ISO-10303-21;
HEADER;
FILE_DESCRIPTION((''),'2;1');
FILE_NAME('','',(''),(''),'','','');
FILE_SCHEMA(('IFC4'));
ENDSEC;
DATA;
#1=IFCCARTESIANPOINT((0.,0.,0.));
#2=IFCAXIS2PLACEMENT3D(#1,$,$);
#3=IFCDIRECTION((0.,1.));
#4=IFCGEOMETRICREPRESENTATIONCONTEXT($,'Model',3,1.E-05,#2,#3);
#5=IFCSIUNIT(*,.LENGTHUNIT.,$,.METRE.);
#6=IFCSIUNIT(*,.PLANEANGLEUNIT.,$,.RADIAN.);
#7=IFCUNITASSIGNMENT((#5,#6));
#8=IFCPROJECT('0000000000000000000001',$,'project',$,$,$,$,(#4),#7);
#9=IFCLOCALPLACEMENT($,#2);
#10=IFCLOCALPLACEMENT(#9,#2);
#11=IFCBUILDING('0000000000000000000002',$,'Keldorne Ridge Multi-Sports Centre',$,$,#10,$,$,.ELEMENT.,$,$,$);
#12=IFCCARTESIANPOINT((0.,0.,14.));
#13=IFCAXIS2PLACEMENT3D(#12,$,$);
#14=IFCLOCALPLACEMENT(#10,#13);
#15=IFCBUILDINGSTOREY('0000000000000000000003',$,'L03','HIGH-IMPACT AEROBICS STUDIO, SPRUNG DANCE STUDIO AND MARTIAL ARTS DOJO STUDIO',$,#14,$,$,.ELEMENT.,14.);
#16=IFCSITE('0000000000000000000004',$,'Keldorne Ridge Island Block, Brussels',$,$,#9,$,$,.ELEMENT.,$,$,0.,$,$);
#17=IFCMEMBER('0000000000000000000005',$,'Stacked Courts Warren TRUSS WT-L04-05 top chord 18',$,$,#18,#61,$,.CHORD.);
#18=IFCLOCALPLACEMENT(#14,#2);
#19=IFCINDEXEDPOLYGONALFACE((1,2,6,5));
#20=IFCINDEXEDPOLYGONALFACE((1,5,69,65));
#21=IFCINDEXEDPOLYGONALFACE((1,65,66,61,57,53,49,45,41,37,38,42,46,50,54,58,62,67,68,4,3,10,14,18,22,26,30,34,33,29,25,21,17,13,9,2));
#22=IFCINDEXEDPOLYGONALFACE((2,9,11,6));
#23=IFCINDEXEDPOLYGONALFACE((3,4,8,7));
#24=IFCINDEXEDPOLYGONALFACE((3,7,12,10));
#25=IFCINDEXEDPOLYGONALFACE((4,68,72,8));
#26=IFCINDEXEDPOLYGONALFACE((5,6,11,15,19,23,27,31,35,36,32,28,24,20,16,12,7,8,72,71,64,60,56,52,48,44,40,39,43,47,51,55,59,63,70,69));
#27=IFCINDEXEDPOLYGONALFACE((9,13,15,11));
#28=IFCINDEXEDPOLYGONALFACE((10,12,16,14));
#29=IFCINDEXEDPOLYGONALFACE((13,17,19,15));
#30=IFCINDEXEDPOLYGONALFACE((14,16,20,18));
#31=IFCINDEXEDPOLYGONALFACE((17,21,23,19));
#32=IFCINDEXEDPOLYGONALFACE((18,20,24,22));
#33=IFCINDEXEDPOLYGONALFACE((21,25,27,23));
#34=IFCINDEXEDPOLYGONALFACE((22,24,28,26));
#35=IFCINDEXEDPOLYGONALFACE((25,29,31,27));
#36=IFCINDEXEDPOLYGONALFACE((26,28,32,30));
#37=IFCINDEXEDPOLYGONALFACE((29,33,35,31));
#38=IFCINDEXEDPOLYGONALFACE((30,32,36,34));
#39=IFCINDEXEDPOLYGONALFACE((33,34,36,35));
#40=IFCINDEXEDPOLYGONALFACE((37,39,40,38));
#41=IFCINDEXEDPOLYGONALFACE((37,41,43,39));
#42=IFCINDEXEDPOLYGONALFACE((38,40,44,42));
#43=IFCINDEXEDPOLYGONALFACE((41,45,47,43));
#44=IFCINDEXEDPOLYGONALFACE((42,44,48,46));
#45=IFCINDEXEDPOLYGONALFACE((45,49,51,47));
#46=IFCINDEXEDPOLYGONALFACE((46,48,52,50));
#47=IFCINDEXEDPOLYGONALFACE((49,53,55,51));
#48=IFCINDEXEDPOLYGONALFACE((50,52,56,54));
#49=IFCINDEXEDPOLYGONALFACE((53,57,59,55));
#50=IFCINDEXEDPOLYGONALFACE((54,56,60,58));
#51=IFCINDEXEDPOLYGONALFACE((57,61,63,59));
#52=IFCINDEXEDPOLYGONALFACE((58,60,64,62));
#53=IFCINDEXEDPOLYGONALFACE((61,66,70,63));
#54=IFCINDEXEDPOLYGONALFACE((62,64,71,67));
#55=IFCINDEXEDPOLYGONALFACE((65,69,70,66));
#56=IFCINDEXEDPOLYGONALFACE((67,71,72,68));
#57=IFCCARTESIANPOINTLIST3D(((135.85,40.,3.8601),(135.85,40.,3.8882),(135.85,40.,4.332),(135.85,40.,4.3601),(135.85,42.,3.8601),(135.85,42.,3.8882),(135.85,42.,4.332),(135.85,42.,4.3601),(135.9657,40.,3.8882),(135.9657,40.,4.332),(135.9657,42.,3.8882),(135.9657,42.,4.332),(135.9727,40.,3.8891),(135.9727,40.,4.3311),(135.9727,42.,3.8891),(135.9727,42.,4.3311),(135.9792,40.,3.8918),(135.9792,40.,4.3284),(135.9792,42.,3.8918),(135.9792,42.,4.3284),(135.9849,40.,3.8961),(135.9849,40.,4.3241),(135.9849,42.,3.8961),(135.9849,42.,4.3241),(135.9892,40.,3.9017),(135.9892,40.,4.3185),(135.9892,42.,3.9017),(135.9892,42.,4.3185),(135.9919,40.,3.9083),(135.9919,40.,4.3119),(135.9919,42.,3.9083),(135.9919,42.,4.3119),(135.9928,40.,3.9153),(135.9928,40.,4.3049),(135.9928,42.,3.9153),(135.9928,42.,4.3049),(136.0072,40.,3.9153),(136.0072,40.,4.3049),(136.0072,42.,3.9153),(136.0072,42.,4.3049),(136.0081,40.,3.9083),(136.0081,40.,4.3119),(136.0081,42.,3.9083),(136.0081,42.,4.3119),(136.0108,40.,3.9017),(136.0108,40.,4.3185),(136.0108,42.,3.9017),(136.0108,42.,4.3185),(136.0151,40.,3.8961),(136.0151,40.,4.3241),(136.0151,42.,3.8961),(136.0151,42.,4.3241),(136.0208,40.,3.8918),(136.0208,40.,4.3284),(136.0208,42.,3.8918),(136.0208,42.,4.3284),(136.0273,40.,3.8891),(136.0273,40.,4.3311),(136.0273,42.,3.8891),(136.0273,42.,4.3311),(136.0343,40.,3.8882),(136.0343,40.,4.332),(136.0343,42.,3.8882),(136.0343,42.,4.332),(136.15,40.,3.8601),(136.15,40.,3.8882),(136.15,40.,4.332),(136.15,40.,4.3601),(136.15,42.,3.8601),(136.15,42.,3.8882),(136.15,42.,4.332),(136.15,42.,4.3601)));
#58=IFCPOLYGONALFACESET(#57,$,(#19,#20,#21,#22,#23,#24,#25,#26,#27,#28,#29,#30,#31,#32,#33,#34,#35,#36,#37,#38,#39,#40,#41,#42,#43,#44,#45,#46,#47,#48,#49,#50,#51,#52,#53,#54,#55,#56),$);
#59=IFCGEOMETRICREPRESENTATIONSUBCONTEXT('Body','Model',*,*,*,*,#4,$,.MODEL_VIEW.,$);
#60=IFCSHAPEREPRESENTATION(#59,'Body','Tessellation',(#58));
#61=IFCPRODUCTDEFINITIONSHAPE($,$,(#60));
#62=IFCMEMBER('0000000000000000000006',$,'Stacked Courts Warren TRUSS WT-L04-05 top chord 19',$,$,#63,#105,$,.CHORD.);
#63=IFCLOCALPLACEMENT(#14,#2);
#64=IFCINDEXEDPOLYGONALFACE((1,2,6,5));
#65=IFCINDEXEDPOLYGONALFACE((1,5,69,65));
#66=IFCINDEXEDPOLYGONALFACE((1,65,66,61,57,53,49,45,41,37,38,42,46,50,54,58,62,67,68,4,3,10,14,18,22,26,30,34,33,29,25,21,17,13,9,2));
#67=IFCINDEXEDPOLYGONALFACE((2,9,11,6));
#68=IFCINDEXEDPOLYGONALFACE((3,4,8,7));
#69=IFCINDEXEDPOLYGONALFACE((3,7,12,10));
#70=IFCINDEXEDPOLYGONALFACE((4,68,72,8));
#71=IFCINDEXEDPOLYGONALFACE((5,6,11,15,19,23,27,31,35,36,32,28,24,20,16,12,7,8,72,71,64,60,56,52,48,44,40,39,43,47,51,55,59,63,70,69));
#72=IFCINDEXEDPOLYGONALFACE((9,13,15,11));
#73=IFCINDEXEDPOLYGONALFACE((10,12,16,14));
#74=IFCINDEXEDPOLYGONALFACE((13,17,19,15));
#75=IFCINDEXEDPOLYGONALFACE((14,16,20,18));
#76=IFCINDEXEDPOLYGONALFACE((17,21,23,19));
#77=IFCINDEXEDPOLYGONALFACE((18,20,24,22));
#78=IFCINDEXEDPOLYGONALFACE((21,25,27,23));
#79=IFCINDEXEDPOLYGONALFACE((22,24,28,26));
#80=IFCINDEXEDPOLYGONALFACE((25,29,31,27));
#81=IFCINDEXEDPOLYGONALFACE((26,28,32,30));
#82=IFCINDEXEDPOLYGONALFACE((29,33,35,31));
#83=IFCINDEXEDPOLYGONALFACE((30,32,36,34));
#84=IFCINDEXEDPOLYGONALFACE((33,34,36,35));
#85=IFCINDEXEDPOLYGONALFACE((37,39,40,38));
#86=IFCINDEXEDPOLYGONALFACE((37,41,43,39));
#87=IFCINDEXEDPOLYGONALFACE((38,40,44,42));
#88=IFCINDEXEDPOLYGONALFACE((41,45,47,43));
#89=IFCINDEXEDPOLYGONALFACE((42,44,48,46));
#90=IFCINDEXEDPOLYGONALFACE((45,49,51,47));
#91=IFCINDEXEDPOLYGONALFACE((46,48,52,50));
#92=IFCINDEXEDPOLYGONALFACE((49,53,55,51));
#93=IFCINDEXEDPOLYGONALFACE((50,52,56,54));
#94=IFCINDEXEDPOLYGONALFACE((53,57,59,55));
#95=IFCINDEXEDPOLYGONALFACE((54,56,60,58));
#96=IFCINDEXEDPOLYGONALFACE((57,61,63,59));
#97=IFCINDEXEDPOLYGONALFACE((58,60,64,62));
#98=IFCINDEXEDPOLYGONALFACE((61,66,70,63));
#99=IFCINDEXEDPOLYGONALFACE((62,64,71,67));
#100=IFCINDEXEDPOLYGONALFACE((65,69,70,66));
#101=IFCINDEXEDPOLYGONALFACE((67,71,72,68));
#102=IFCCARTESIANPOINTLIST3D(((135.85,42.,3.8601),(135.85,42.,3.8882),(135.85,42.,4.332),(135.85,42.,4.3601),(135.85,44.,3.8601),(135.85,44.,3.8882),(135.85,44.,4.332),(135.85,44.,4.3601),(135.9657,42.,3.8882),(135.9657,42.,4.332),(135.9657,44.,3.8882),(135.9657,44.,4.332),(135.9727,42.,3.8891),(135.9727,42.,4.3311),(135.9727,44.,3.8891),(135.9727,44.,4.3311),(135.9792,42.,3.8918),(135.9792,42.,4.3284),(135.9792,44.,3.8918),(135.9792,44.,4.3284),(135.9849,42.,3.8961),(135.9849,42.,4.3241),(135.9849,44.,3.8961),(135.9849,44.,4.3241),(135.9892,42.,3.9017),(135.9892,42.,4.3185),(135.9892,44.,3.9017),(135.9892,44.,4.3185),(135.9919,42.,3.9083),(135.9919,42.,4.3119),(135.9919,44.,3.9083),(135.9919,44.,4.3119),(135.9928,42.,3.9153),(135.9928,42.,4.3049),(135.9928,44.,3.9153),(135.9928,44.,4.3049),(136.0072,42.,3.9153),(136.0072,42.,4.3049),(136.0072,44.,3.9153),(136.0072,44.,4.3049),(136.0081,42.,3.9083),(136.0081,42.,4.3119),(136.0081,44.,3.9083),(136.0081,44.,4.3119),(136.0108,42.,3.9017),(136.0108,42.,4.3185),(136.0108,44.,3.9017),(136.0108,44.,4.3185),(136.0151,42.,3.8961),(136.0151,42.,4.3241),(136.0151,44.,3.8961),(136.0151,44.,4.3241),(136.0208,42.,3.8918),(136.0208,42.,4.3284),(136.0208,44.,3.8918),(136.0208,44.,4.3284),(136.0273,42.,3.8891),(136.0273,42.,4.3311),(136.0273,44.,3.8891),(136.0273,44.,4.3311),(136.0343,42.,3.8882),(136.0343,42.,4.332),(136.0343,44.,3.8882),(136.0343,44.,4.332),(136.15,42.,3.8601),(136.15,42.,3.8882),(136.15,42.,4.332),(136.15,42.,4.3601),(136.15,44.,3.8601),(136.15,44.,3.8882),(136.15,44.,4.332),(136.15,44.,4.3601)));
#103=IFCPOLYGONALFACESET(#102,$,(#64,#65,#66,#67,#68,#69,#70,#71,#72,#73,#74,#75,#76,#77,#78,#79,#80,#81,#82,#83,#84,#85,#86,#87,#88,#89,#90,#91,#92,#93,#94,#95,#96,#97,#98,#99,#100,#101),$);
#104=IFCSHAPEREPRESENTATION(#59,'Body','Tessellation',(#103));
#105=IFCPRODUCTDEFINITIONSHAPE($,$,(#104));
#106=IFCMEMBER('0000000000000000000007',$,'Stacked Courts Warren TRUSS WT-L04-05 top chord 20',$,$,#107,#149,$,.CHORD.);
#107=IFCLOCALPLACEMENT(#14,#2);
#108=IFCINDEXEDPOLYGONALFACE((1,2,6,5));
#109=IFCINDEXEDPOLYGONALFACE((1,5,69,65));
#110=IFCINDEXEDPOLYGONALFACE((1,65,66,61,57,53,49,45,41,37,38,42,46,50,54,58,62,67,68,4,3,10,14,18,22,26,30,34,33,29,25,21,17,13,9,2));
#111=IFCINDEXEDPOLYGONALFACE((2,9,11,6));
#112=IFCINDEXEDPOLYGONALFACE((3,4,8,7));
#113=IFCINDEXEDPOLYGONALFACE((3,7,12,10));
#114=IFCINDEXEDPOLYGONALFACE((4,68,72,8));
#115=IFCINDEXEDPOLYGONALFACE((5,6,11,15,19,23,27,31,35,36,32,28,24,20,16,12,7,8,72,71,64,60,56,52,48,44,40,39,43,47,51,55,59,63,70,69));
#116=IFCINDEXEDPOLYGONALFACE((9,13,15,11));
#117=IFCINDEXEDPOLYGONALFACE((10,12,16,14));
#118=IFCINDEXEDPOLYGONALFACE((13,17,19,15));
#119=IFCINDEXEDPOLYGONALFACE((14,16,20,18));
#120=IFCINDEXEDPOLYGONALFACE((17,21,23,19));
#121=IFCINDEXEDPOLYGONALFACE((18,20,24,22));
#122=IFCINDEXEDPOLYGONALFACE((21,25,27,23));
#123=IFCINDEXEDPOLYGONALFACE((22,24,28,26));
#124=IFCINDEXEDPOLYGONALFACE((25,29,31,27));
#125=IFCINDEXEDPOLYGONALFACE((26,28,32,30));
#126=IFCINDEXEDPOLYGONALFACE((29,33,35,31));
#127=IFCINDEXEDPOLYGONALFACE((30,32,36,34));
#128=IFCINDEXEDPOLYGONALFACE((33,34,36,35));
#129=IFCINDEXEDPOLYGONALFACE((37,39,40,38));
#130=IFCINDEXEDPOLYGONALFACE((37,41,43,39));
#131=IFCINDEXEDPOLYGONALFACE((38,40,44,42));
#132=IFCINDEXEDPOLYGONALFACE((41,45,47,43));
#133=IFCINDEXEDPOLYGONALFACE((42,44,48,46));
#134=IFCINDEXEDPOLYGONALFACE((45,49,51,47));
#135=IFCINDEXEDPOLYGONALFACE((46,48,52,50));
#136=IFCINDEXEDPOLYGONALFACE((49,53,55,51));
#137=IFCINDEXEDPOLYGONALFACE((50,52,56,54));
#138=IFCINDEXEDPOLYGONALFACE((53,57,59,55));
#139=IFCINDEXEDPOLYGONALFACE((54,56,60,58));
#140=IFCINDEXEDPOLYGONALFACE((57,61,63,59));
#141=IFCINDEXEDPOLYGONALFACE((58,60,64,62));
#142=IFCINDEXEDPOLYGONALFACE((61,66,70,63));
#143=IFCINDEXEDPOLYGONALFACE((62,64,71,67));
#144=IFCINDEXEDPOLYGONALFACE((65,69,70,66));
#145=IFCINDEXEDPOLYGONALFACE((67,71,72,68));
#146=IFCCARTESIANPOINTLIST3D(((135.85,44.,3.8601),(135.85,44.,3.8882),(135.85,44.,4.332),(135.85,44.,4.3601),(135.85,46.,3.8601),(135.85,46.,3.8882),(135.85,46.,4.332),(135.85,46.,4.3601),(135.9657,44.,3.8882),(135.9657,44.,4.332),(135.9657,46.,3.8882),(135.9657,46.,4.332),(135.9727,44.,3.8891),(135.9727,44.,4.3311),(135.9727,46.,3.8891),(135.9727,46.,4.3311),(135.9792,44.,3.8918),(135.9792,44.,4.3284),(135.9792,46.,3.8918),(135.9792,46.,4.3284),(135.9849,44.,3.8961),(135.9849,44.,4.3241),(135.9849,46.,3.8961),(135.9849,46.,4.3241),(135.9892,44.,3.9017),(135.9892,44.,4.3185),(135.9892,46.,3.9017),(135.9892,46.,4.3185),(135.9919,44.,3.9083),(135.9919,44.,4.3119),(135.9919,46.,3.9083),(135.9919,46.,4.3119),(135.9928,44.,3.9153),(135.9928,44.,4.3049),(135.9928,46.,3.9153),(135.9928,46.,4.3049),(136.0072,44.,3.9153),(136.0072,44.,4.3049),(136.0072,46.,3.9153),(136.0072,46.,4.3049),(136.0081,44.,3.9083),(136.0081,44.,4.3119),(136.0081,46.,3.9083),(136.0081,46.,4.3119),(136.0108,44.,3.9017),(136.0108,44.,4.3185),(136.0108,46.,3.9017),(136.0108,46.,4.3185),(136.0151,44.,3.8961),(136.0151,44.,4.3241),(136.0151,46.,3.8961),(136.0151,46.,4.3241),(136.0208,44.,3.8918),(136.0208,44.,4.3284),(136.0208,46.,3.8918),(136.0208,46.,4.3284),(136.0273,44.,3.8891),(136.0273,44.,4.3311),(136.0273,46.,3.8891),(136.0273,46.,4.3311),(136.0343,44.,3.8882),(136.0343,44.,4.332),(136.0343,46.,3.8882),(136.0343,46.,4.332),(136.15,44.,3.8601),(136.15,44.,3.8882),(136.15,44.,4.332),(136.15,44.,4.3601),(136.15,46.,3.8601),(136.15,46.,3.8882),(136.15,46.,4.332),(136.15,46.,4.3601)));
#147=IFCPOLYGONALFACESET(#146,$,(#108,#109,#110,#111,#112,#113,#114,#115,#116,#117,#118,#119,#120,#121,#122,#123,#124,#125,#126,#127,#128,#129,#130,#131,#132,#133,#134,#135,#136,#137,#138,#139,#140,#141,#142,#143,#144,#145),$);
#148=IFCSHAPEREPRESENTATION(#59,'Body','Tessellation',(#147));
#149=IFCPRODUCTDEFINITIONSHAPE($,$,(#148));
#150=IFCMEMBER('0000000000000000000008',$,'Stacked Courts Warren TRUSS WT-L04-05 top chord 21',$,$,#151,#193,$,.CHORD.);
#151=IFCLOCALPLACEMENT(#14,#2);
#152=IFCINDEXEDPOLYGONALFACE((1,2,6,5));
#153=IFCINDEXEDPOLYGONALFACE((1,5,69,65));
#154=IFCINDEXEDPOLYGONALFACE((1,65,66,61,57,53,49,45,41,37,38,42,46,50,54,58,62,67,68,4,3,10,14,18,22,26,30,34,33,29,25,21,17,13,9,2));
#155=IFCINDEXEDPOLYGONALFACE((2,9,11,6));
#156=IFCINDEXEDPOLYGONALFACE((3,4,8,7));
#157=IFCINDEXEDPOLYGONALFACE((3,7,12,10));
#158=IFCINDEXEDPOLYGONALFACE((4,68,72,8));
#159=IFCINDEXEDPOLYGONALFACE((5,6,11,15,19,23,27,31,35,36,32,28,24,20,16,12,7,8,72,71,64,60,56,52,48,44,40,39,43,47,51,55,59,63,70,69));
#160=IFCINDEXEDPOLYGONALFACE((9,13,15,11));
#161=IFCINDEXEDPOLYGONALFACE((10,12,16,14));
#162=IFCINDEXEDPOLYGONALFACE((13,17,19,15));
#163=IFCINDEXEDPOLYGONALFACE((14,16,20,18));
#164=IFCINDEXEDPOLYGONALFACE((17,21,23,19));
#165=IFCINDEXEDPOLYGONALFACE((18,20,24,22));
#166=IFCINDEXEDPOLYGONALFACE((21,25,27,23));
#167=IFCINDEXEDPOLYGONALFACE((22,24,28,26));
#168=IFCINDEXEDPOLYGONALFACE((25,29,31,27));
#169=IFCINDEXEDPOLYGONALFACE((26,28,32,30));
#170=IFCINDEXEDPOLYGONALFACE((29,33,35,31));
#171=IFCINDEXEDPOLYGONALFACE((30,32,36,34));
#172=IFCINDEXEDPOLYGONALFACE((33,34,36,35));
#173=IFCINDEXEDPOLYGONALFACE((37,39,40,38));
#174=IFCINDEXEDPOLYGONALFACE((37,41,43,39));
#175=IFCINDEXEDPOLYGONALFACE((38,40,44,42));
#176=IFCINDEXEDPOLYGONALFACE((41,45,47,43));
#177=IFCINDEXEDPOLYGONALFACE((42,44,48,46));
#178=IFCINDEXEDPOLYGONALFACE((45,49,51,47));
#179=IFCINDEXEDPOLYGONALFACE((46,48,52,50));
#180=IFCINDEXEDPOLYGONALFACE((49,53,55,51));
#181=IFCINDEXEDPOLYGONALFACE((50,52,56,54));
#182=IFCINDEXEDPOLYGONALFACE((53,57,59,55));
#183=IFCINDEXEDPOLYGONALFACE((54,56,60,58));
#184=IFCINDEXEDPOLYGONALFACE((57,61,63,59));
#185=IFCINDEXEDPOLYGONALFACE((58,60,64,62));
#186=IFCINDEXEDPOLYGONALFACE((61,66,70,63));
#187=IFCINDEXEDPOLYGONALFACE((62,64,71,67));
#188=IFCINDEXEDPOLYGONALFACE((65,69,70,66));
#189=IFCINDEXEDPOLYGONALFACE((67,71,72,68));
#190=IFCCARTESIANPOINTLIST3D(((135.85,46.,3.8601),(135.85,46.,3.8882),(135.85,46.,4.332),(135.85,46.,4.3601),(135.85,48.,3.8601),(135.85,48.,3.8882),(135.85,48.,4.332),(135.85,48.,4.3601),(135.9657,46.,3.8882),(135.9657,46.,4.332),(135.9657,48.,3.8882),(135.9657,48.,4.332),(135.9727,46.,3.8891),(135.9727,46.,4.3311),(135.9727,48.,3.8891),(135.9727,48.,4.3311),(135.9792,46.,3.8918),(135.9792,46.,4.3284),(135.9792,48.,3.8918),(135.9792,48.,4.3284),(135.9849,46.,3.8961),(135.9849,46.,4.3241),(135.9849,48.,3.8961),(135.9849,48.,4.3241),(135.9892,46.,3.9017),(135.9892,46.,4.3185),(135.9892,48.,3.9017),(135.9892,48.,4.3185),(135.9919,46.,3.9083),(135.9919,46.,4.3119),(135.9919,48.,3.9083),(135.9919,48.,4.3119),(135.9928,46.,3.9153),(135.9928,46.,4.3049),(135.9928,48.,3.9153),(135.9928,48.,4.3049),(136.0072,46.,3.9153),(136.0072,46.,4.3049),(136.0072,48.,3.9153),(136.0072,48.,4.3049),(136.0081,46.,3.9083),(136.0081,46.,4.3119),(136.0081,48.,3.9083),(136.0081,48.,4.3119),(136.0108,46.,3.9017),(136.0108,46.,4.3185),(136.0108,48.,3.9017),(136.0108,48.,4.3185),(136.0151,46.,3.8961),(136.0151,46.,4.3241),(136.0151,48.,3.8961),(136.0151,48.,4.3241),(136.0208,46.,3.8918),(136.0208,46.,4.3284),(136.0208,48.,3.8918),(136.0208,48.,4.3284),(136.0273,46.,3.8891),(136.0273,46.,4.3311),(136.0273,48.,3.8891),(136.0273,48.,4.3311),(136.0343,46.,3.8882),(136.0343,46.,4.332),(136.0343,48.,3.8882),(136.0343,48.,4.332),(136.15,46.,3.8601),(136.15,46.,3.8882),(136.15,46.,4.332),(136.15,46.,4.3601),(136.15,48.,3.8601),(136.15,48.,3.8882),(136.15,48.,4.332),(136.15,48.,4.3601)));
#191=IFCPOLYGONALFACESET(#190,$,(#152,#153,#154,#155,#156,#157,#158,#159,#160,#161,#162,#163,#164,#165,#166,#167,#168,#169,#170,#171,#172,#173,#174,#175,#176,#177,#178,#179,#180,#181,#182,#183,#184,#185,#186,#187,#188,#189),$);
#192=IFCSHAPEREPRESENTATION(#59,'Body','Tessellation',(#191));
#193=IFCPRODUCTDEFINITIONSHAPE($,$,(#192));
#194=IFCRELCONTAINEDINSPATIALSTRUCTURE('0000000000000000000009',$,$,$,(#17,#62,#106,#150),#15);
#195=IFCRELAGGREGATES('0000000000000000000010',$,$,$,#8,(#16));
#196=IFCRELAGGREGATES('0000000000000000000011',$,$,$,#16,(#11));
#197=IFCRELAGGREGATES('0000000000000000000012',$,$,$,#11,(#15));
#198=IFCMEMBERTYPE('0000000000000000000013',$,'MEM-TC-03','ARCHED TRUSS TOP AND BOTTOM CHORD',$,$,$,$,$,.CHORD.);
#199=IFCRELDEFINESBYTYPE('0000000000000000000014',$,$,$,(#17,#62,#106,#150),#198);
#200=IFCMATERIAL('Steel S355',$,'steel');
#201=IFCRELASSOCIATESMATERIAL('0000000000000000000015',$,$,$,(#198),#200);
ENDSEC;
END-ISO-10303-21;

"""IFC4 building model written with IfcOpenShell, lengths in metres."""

from ifc_helpers import new_model, si_unit, direction, frame, origin, origin_2d, place, context, subcontext, project, spatial, i_section, extrude, material, material_profile, profile_set, type_object, element, save


model = new_model("IFC4")

# Units and contexts
model_context = context("Model", 3, precision=1e-05, world=origin(), true_north=direction((0.0, 1.0)))
body_context = subcontext(model_context, "Body", "Model", "MODEL_VIEW")
ifc_project = project(units=[si_unit("LENGTHUNIT", "METRE"), si_unit("PLANEANGLEUNIT", "RADIAN")], contexts=[model_context])

# Site, building, storey
site_placement = place(None, origin())
site = spatial("IfcSite", under=ifc_project, at=site_placement, Name="Keldorne Ridge Island Block, Brussels", CompositionType="ELEMENT", RefElevation=0.0)
building_placement = place(site_placement, origin())
building = spatial("IfcBuilding", under=site, at=building_placement, Name="Keldorne Ridge Multi-Sports Centre", CompositionType="ELEMENT")
storey_placement = place(building_placement, frame((0.0, 0.0, 14.0)))
storey = spatial("IfcBuildingStorey", under=building, at=storey_placement, Name="L03", Description="HIGH-IMPACT AEROBICS STUDIO, SPRUNG DANCE STUDIO AND MARTIAL ARTS DOJO STUDIO", CompositionType="ELEMENT", Elevation=14.0)

# Members
ifc_material = material(Name="Steel S355", Category="steel")
ifc_material_profile_1 = material_profile(ifc_material, i_section(OverallWidth=0.3, OverallDepth=0.5, WebThickness=0.0144, FlangeThickness=0.0281, FilletRadius=0.0271, at=origin_2d()), Name="HEB 500")
ifc_profile_set_1 = profile_set([ifc_material_profile_1], Name="Steel S355")
member_type_1 = type_object("IfcMemberType", Name="MEM-TC-03", Description="ARCHED TRUSS TOP AND BOTTOM CHORD", PredefinedType="CHORD", material=ifc_profile_set_1)
for number, where, z_axis, x_axis, name in (
    (1, (136.0, 40.0, 4.1101), (0.0, 1.0, 0.0), (-1.0, 0.0, 0.0), "Stacked Courts Warren TRUSS WT-L04-05 top chord 18"),
    (2, (136.0, 42.0, 4.1101), (0.0, 1.0, 0.0), (-1.0, 0.0, 0.0), "Stacked Courts Warren TRUSS WT-L04-05 top chord 19"),
    (3, (136.0, 44.0, 4.1101), (0.0, 1.0, 0.0), (-1.0, 0.0, 0.0), "Stacked Courts Warren TRUSS WT-L04-05 top chord 20"),
    (4, (136.0, 46.0, 4.1101), (0.0, 1.0, 0.0), (-1.0, 0.0, 0.0), "Stacked Courts Warren TRUSS WT-L04-05 top chord 21"),
):
    element("IfcMember", number, at=place(storey_placement, frame(where, z_axis=z_axis, x_axis=x_axis)), inside=storey, type_object=member_type_1, Name=name, PredefinedType="CHORD", context=body_context, shape_type="SweptSolid", body=[
        extrude(i_section(OverallWidth=0.3, OverallDepth=0.5, WebThickness=0.0144, FlangeThickness=0.0281, FilletRadius=0.0271, at=origin_2d()), origin(), (0.0, 0.0, 1.0), 2.0),
    ])

save(model, "model.ifc")
